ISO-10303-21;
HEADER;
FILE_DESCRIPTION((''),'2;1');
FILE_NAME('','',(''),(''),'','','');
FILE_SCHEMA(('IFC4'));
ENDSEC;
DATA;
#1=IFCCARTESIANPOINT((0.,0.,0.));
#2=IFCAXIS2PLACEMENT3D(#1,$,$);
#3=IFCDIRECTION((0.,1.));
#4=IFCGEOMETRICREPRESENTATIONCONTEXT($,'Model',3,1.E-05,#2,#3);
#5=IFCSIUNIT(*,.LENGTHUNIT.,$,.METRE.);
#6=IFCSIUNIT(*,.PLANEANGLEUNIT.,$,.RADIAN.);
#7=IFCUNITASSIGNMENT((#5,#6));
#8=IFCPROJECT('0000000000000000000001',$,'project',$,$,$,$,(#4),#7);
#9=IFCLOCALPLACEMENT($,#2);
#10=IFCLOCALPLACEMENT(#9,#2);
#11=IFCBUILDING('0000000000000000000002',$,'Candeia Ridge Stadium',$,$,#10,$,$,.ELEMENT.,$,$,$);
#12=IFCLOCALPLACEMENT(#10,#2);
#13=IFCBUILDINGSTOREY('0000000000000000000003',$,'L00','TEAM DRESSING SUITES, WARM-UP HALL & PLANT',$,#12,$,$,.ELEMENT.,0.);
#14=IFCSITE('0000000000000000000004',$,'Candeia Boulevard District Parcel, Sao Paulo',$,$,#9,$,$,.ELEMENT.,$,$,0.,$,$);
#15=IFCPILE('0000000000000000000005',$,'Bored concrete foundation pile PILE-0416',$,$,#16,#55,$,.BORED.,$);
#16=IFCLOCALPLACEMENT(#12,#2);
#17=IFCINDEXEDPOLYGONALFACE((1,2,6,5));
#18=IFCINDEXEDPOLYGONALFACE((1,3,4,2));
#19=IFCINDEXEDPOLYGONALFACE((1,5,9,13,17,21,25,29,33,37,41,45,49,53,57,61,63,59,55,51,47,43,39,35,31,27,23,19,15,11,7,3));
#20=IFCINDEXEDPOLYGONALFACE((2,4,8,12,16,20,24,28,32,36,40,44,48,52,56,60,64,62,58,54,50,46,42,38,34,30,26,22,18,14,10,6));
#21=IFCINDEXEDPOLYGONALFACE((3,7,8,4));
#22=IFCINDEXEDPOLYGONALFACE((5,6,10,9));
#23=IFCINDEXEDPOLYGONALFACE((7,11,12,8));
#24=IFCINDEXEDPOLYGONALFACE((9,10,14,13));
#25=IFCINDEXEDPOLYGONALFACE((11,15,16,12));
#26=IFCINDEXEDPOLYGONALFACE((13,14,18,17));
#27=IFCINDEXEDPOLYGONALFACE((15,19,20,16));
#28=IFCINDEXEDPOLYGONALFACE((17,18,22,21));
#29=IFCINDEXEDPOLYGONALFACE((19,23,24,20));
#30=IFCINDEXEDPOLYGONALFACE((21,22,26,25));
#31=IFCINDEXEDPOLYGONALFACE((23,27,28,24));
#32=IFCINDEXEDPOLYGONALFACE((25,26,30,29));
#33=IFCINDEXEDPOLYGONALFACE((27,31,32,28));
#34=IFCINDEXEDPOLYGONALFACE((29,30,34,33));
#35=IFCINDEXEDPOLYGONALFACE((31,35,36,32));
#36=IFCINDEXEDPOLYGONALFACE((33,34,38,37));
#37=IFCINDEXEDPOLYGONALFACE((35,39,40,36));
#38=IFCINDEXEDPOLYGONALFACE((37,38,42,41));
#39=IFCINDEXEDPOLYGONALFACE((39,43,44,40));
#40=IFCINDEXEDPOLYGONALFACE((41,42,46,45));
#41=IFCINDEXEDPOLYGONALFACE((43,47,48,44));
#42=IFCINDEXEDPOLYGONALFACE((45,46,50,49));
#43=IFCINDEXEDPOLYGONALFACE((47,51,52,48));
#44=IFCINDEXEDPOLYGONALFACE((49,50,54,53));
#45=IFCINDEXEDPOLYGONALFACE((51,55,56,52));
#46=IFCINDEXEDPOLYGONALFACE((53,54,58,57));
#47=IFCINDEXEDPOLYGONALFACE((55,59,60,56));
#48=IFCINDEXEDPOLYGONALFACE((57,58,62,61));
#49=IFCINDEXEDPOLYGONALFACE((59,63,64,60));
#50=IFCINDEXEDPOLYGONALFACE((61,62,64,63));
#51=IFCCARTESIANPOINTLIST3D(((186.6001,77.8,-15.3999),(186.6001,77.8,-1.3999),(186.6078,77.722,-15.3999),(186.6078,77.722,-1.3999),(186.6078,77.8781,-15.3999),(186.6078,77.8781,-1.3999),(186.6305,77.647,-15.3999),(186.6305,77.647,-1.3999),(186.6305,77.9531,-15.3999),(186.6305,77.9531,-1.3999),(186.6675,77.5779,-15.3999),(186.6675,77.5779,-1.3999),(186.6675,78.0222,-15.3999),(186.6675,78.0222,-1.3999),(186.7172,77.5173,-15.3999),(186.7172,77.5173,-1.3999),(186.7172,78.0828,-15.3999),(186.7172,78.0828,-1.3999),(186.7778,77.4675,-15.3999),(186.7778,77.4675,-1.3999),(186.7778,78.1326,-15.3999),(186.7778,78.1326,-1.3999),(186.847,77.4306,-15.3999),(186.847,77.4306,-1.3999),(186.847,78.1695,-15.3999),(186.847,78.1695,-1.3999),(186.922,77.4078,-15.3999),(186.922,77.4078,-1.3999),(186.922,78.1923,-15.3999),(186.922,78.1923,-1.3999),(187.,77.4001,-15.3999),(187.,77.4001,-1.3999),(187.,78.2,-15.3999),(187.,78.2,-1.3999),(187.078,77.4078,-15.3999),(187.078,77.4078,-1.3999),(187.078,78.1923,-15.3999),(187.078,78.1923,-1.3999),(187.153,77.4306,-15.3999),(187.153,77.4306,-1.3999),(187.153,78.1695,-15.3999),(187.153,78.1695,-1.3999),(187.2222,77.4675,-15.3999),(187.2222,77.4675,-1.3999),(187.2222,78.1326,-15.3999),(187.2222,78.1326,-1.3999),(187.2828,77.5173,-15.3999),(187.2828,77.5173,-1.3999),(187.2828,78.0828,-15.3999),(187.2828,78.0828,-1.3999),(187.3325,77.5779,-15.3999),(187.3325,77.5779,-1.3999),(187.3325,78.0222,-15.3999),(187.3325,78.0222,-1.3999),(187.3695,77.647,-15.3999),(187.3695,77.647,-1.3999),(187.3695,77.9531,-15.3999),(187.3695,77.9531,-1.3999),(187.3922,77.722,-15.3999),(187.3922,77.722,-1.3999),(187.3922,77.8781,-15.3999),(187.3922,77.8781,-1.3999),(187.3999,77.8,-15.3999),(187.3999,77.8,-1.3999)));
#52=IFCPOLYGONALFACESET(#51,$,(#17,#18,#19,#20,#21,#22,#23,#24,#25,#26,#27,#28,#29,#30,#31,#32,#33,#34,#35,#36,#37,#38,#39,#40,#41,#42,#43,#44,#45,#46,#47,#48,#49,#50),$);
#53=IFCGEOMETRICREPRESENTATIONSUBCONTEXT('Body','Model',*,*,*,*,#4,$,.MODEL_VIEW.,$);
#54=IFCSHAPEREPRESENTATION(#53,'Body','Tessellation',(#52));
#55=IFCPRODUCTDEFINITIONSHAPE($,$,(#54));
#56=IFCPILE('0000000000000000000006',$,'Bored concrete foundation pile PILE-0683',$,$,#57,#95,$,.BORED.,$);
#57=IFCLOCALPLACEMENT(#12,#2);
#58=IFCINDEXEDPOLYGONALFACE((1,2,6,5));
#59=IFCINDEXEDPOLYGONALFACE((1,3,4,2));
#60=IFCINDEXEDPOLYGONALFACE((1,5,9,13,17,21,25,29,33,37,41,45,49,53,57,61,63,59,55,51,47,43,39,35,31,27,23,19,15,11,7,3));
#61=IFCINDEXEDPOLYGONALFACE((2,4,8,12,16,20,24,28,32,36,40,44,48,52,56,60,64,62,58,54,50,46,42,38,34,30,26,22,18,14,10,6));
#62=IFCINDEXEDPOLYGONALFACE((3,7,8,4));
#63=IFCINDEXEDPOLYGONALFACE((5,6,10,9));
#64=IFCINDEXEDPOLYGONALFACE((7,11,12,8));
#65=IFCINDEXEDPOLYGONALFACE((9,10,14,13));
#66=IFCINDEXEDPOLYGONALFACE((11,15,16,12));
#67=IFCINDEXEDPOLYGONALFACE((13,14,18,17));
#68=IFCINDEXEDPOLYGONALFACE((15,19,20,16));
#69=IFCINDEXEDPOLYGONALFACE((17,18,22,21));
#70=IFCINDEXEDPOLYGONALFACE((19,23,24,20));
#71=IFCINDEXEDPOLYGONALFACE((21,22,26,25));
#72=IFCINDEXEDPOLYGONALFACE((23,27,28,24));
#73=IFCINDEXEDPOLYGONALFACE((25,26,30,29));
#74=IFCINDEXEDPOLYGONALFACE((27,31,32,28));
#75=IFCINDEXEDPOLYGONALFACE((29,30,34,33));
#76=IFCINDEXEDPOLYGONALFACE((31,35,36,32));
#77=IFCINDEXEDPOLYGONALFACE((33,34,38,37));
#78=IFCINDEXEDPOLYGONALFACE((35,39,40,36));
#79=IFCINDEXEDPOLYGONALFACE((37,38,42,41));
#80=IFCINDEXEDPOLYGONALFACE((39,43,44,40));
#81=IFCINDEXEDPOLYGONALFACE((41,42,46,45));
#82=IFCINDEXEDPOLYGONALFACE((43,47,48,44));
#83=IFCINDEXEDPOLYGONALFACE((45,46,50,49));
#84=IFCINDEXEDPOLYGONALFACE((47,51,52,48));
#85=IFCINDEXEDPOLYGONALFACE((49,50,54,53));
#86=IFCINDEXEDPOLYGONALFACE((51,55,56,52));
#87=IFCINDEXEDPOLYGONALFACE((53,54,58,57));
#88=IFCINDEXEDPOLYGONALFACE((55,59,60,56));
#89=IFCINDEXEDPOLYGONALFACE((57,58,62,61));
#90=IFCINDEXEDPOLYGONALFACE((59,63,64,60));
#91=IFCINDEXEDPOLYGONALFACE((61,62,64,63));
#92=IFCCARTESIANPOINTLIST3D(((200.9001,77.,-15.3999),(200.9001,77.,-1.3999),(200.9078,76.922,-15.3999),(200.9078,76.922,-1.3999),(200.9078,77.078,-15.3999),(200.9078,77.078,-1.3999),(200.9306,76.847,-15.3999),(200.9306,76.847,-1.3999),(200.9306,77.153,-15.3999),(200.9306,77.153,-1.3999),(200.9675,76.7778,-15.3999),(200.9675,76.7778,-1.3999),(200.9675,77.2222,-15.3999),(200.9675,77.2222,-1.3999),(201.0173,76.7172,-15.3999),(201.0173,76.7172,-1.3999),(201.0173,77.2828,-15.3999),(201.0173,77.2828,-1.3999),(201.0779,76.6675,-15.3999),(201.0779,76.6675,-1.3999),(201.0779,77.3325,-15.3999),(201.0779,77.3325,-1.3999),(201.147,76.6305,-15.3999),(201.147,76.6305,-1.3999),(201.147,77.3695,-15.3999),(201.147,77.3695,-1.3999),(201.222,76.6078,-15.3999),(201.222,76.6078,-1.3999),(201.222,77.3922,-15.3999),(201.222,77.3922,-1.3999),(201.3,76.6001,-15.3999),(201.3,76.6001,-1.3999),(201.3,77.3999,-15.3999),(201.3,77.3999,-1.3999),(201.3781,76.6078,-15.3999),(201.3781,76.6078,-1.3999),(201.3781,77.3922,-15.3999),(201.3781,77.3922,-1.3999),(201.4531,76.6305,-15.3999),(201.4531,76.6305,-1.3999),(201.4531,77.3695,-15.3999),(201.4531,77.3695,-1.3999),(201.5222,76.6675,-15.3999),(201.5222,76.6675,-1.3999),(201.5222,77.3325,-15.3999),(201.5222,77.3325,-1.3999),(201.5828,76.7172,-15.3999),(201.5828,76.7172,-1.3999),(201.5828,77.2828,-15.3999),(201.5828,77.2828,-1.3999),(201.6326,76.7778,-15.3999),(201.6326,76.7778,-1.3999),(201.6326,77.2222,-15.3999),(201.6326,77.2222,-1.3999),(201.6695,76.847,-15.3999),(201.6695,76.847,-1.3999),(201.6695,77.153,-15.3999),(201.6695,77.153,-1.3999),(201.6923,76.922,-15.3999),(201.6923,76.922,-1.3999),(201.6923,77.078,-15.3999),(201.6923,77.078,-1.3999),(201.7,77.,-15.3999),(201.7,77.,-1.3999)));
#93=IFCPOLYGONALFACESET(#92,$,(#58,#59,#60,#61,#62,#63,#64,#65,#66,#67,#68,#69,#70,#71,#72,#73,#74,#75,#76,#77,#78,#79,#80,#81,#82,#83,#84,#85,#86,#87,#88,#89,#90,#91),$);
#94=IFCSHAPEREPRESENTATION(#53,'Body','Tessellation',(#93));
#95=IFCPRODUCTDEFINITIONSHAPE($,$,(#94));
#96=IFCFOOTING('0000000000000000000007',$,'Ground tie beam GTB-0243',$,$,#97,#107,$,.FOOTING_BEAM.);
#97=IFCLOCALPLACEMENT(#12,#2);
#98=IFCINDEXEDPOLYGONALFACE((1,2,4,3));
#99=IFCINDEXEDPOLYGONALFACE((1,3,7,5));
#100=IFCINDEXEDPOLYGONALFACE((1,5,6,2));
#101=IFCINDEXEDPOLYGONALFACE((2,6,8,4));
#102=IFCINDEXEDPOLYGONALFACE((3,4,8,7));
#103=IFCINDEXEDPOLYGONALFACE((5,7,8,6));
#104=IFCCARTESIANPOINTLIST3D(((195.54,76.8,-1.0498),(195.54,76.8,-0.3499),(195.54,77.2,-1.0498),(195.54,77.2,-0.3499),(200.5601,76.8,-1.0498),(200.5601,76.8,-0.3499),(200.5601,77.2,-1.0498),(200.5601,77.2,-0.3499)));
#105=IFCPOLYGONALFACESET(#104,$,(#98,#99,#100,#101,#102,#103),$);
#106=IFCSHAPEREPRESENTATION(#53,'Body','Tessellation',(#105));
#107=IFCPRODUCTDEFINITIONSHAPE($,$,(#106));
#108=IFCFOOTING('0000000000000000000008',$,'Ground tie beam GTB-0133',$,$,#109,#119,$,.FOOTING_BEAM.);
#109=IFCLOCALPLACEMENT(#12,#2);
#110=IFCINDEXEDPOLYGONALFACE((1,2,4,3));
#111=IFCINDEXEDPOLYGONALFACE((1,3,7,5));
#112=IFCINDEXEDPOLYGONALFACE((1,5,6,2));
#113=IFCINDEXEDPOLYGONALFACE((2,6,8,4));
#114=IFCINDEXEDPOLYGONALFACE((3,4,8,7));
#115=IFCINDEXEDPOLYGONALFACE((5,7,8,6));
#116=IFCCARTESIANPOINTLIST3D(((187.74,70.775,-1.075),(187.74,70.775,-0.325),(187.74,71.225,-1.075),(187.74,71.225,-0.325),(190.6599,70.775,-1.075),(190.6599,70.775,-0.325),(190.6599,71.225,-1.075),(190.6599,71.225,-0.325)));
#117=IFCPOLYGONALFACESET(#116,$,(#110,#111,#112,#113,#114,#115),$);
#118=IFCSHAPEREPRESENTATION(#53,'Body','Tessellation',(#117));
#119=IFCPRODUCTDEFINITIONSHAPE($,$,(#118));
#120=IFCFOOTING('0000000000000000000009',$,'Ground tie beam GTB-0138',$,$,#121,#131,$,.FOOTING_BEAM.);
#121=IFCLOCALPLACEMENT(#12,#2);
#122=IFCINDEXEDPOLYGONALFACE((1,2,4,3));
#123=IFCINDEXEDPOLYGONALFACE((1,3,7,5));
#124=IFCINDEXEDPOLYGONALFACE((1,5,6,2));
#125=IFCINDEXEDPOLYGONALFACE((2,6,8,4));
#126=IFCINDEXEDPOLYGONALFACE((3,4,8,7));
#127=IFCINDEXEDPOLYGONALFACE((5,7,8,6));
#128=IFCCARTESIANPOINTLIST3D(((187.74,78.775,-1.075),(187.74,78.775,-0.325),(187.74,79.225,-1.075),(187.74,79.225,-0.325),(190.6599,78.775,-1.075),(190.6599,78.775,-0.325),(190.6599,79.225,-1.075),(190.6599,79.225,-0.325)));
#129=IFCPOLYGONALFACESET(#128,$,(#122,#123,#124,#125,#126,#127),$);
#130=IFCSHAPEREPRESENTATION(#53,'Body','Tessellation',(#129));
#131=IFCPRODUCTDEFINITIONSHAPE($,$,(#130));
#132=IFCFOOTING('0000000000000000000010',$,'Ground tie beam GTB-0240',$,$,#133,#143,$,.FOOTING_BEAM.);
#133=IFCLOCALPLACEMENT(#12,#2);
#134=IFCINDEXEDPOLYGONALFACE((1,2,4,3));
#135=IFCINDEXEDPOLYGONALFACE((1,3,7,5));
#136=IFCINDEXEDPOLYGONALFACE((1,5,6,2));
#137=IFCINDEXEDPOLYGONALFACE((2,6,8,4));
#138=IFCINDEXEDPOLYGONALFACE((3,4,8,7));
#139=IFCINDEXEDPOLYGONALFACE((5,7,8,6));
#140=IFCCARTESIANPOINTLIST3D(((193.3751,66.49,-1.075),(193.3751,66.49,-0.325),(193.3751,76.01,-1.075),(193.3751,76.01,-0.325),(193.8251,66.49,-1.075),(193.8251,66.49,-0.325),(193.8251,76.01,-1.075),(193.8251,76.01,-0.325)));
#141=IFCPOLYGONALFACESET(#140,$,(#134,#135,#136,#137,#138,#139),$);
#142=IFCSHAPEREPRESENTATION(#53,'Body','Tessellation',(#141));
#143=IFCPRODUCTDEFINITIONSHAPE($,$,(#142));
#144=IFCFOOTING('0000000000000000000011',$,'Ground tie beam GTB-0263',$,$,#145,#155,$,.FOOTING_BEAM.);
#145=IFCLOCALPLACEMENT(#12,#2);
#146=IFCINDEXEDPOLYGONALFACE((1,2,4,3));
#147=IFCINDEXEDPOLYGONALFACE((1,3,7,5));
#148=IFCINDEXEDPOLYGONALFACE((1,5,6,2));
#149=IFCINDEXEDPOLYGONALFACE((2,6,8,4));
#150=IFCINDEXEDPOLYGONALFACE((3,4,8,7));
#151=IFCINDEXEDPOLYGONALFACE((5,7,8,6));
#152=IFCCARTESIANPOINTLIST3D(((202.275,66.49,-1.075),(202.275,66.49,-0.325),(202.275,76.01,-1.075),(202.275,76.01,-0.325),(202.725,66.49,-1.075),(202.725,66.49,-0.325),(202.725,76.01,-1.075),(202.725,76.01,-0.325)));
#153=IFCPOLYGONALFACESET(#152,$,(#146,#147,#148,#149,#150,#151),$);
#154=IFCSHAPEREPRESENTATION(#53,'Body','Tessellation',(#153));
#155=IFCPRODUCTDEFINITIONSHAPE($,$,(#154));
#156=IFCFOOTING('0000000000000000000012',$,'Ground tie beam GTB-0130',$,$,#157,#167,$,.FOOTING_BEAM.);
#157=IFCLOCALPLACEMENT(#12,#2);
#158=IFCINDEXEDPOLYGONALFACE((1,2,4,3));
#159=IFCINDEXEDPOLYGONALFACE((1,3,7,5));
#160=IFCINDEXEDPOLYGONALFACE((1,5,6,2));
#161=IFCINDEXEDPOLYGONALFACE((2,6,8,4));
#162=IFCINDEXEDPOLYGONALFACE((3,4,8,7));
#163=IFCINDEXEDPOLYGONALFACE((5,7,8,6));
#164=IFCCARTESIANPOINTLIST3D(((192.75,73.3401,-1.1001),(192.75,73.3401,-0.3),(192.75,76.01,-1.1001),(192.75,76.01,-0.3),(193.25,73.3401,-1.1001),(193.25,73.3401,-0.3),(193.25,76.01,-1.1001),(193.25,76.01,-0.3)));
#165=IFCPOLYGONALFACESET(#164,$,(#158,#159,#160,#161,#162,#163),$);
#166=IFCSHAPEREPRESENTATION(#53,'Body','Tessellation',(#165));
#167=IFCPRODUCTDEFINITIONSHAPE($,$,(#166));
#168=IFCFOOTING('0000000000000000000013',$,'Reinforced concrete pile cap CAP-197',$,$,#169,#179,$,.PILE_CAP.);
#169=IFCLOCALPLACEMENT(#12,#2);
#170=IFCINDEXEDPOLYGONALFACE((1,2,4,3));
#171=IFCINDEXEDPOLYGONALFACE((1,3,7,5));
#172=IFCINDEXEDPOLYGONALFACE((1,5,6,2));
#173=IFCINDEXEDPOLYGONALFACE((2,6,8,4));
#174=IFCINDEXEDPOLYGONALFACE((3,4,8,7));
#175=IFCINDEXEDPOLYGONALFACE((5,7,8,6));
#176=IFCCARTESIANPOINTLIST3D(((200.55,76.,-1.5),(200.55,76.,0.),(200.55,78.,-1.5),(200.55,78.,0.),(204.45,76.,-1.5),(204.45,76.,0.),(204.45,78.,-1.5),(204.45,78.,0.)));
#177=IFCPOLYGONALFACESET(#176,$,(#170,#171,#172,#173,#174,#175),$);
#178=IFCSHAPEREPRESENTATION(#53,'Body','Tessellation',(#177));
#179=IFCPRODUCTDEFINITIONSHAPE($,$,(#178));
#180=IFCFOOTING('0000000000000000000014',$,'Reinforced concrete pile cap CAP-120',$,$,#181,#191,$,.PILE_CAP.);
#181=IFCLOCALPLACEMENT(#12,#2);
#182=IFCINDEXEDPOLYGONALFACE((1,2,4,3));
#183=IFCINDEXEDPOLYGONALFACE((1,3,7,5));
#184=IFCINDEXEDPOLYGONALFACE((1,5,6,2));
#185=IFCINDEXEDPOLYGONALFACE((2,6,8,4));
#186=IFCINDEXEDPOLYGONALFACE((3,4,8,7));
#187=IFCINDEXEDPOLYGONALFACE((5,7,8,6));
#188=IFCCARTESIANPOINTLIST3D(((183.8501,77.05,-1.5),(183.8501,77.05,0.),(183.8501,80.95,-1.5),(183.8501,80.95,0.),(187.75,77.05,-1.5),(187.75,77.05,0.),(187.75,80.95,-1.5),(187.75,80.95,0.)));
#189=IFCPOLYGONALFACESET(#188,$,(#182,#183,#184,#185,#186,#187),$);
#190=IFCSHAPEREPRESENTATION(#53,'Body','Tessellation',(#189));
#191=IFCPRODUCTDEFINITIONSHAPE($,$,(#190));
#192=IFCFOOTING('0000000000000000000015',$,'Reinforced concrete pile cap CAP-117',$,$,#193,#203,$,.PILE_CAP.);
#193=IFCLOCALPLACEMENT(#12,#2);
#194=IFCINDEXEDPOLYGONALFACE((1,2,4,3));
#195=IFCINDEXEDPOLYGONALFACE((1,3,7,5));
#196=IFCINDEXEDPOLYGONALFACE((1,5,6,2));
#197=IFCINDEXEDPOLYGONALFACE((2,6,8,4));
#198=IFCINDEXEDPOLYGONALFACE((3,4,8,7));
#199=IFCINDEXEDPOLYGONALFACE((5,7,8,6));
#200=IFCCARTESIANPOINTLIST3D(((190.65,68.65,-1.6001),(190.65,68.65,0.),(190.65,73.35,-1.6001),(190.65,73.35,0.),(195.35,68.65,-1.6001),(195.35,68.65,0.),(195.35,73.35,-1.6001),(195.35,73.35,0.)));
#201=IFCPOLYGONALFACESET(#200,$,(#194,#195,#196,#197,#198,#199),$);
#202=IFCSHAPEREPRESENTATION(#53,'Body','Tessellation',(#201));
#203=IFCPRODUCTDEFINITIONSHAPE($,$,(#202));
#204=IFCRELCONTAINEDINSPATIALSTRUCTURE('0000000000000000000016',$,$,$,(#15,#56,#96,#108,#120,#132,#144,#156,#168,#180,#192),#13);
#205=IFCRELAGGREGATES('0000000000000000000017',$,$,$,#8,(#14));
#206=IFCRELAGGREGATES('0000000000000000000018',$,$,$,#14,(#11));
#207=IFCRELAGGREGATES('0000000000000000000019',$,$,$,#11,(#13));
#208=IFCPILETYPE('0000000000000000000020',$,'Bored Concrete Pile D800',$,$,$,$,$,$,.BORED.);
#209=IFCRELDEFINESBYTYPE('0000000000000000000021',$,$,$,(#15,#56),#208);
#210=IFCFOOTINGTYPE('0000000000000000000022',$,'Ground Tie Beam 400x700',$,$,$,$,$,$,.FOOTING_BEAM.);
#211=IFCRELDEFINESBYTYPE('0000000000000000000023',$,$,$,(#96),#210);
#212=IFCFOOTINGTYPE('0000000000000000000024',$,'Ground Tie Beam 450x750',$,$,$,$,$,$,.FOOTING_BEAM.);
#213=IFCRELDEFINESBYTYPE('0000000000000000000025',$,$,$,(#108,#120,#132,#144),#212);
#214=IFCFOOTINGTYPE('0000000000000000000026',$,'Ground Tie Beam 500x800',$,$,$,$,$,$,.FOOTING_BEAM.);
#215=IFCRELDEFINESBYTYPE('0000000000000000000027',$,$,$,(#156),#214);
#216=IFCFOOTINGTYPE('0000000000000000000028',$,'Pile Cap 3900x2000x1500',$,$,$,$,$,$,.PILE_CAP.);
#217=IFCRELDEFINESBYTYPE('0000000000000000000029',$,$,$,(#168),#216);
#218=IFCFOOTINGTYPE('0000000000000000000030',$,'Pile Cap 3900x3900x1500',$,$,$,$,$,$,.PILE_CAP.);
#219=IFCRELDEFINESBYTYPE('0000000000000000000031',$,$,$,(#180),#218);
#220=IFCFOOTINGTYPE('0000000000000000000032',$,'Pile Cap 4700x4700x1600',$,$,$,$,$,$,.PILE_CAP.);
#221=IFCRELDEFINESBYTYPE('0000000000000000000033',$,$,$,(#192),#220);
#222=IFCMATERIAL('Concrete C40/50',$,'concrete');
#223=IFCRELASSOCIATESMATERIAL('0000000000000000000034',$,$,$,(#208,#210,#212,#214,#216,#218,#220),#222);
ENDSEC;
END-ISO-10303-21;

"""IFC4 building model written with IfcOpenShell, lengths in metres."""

from ifc_helpers import new_model, si_unit, direction, frame, origin, origin_2d, place, context, subcontext, project, spatial, rectangle, circle, extrude, material, material_profile, profile_set, type_object, element, save


model = new_model("IFC4")

# Units and contexts
model_context = context("Model", 3, precision=1e-05, world=origin(), true_north=direction((0.0, 1.0)))
body_context = subcontext(model_context, "Body", "Model", "MODEL_VIEW")
ifc_project = project(units=[si_unit("LENGTHUNIT", "METRE"), si_unit("PLANEANGLEUNIT", "RADIAN")], contexts=[model_context])

# Site, building, storey
site_placement = place(None, origin())
site = spatial("IfcSite", under=ifc_project, at=site_placement, Name="Candeia Boulevard District Parcel, Sao Paulo", CompositionType="ELEMENT", RefElevation=0.0)
building_placement = place(site_placement, origin())
building = spatial("IfcBuilding", under=site, at=building_placement, Name="Candeia Ridge Stadium", CompositionType="ELEMENT")
storey_placement = place(building_placement, origin())
storey = spatial("IfcBuildingStorey", under=building, at=storey_placement, Name="L00", Description="TEAM DRESSING SUITES, WARM-UP HALL & PLANT", CompositionType="ELEMENT", Elevation=0.0)

# Piles
ifc_material_1 = material(Name="Concrete C40/50", Category="concrete")
ifc_material_profile_1 = material_profile(ifc_material_1, circle(Radius=0.3999, at=origin_2d()), Name="PILE-D800", Category="concrete")
ifc_profile_set_1 = profile_set([ifc_material_profile_1], Name="Concrete C40/50")
pile_type_1 = type_object("IfcPileType", Name="Bored Concrete Pile D800", PredefinedType="BORED", material=ifc_profile_set_1)
for number, where, z_axis, x_axis, name in (
    (1, (187.0, 77.8, -1.3999), (0.0, 0.0, -1.0), (1.0, 0.0, 0.0), "Bored concrete foundation pile PILE-0416"),
    (2, (201.3, 77.0, -1.3999), (0.0, 0.0, -1.0), (1.0, 0.0, 0.0), "Bored concrete foundation pile PILE-0683"),
):
    element("IfcPile", number, at=place(storey_placement, frame(where, z_axis=z_axis, x_axis=x_axis)), inside=storey, type_object=pile_type_1, Name=name, PredefinedType="BORED", context=body_context, shape_type="SweptSolid", body=[
        extrude(circle(Radius=0.3999, at=origin_2d()), origin(), (0.0, 0.0, 1.0), 14.0),
    ])

# Footings
footing_type_1 = type_object("IfcFootingType", Name="Ground Tie Beam 400x700", PredefinedType="FOOTING_BEAM", material=ifc_material_1)
footing_1_placement = place(storey_placement, frame((198.05, 77.0, -1.0498), z_axis=(0.0, 0.0, 1.0), x_axis=(1.0, 0.0, 0.0)))
element("IfcFooting", 3, at=footing_1_placement, inside=storey, type_object=footing_type_1, Name="Ground tie beam GTB-0243", PredefinedType="FOOTING_BEAM", context=body_context, shape_type="SweptSolid", body=[
    extrude(rectangle(XDim=5.02, YDim=0.3999, at=origin_2d()), origin(), (0.0, 0.0, 1.0), 0.7),
])
footing_type_2 = type_object("IfcFootingType", Name="Ground Tie Beam 450x750", PredefinedType="FOOTING_BEAM", material=ifc_material_1)
for number, where, z_axis, x_axis, name in (
    (4, (189.2, 71.0, -1.075), (0.0, 0.0, 1.0), (1.0, 0.0, 0.0), "Ground tie beam GTB-0133"),
    (5, (189.2, 79.0, -1.075), (0.0, 0.0, 1.0), (1.0, 0.0, 0.0), "Ground tie beam GTB-0138"),
):
    element("IfcFooting", number, at=place(storey_placement, frame(where, z_axis=z_axis, x_axis=x_axis)), inside=storey, type_object=footing_type_2, Name=name, PredefinedType="FOOTING_BEAM", context=body_context, shape_type="SweptSolid", body=[
        extrude(rectangle(XDim=2.9199, YDim=0.45, at=origin_2d()), origin(), (0.0, 0.0, 1.0), 0.75),
    ])
for number, where, z_axis, x_axis, name in (
    (6, (193.6001, 71.25, -1.075), (0.0, 0.0, 1.0), (0.0, 1.0, 0.0), "Ground tie beam GTB-0240"),
    (7, (202.5, 71.25, -1.075), (0.0, 0.0, 1.0), (0.0, 1.0, 0.0), "Ground tie beam GTB-0263"),
):
    element("IfcFooting", number, at=place(storey_placement, frame(where, z_axis=z_axis, x_axis=x_axis)), inside=storey, type_object=footing_type_2, Name=name, PredefinedType="FOOTING_BEAM", context=body_context, shape_type="SweptSolid", body=[
        extrude(rectangle(XDim=9.52, YDim=0.45, at=origin_2d()), origin(), (0.0, 0.0, 1.0), 0.75),
    ])
footing_type_3 = type_object("IfcFootingType", Name="Ground Tie Beam 500x800", PredefinedType="FOOTING_BEAM", material=ifc_material_1)
footing_2_placement = place(storey_placement, frame((193.0, 74.675, -1.1001), z_axis=(0.0, 0.0, 1.0), x_axis=(0.0, 1.0, 0.0)))
element("IfcFooting", 8, at=footing_2_placement, inside=storey, type_object=footing_type_3, Name="Ground tie beam GTB-0130", PredefinedType="FOOTING_BEAM", context=body_context, shape_type="SweptSolid", body=[
    extrude(rectangle(XDim=2.6699, YDim=0.5, at=origin_2d()), origin(), (0.0, 0.0, 1.0), 0.8),
])
footing_type_4 = type_object("IfcFootingType", Name="Pile Cap 3900x2000x1500", PredefinedType="PILE_CAP", material=ifc_material_1)
footing_3_placement = place(storey_placement, frame((202.5, 77.0, -1.5), z_axis=(0.0, 0.0, 1.0), x_axis=(1.0, 0.0, 0.0)))
element("IfcFooting", 9, at=footing_3_placement, inside=storey, type_object=footing_type_4, Name="Reinforced concrete pile cap CAP-197", PredefinedType="PILE_CAP", context=body_context, shape_type="SweptSolid", body=[
    extrude(rectangle(XDim=3.8999, YDim=2.0, at=origin_2d()), origin(), (0.0, 0.0, 1.0), 1.5),
])
footing_type_5 = type_object("IfcFootingType", Name="Pile Cap 3900x3900x1500", PredefinedType="PILE_CAP", material=ifc_material_1)
footing_4_placement = place(storey_placement, frame((185.8, 79.0, -1.5), z_axis=(0.0, 0.0, 1.0), x_axis=(1.0, 0.0, 0.0)))
element("IfcFooting", 10, at=footing_4_placement, inside=storey, type_object=footing_type_5, Name="Reinforced concrete pile cap CAP-120", PredefinedType="PILE_CAP", context=body_context, shape_type="SweptSolid", body=[
    extrude(rectangle(XDim=3.8999, YDim=3.8999, at=origin_2d()), origin(), (0.0, 0.0, 1.0), 1.5),
])
footing_type_6 = type_object("IfcFootingType", Name="Pile Cap 4700x4700x1600", PredefinedType="PILE_CAP", material=ifc_material_1)
footing_5_placement = place(storey_placement, frame((193.0, 71.0, -1.6001), z_axis=(0.0, 0.0, 1.0), x_axis=(1.0, 0.0, 0.0)))
element("IfcFooting", 11, at=footing_5_placement, inside=storey, type_object=footing_type_6, Name="Reinforced concrete pile cap CAP-117", PredefinedType="PILE_CAP", context=body_context, shape_type="SweptSolid", body=[
    extrude(rectangle(XDim=4.7, YDim=4.7, at=origin_2d()), origin(), (0.0, 0.0, 1.0), 1.6001),
])

save(model, "model.ifc")
